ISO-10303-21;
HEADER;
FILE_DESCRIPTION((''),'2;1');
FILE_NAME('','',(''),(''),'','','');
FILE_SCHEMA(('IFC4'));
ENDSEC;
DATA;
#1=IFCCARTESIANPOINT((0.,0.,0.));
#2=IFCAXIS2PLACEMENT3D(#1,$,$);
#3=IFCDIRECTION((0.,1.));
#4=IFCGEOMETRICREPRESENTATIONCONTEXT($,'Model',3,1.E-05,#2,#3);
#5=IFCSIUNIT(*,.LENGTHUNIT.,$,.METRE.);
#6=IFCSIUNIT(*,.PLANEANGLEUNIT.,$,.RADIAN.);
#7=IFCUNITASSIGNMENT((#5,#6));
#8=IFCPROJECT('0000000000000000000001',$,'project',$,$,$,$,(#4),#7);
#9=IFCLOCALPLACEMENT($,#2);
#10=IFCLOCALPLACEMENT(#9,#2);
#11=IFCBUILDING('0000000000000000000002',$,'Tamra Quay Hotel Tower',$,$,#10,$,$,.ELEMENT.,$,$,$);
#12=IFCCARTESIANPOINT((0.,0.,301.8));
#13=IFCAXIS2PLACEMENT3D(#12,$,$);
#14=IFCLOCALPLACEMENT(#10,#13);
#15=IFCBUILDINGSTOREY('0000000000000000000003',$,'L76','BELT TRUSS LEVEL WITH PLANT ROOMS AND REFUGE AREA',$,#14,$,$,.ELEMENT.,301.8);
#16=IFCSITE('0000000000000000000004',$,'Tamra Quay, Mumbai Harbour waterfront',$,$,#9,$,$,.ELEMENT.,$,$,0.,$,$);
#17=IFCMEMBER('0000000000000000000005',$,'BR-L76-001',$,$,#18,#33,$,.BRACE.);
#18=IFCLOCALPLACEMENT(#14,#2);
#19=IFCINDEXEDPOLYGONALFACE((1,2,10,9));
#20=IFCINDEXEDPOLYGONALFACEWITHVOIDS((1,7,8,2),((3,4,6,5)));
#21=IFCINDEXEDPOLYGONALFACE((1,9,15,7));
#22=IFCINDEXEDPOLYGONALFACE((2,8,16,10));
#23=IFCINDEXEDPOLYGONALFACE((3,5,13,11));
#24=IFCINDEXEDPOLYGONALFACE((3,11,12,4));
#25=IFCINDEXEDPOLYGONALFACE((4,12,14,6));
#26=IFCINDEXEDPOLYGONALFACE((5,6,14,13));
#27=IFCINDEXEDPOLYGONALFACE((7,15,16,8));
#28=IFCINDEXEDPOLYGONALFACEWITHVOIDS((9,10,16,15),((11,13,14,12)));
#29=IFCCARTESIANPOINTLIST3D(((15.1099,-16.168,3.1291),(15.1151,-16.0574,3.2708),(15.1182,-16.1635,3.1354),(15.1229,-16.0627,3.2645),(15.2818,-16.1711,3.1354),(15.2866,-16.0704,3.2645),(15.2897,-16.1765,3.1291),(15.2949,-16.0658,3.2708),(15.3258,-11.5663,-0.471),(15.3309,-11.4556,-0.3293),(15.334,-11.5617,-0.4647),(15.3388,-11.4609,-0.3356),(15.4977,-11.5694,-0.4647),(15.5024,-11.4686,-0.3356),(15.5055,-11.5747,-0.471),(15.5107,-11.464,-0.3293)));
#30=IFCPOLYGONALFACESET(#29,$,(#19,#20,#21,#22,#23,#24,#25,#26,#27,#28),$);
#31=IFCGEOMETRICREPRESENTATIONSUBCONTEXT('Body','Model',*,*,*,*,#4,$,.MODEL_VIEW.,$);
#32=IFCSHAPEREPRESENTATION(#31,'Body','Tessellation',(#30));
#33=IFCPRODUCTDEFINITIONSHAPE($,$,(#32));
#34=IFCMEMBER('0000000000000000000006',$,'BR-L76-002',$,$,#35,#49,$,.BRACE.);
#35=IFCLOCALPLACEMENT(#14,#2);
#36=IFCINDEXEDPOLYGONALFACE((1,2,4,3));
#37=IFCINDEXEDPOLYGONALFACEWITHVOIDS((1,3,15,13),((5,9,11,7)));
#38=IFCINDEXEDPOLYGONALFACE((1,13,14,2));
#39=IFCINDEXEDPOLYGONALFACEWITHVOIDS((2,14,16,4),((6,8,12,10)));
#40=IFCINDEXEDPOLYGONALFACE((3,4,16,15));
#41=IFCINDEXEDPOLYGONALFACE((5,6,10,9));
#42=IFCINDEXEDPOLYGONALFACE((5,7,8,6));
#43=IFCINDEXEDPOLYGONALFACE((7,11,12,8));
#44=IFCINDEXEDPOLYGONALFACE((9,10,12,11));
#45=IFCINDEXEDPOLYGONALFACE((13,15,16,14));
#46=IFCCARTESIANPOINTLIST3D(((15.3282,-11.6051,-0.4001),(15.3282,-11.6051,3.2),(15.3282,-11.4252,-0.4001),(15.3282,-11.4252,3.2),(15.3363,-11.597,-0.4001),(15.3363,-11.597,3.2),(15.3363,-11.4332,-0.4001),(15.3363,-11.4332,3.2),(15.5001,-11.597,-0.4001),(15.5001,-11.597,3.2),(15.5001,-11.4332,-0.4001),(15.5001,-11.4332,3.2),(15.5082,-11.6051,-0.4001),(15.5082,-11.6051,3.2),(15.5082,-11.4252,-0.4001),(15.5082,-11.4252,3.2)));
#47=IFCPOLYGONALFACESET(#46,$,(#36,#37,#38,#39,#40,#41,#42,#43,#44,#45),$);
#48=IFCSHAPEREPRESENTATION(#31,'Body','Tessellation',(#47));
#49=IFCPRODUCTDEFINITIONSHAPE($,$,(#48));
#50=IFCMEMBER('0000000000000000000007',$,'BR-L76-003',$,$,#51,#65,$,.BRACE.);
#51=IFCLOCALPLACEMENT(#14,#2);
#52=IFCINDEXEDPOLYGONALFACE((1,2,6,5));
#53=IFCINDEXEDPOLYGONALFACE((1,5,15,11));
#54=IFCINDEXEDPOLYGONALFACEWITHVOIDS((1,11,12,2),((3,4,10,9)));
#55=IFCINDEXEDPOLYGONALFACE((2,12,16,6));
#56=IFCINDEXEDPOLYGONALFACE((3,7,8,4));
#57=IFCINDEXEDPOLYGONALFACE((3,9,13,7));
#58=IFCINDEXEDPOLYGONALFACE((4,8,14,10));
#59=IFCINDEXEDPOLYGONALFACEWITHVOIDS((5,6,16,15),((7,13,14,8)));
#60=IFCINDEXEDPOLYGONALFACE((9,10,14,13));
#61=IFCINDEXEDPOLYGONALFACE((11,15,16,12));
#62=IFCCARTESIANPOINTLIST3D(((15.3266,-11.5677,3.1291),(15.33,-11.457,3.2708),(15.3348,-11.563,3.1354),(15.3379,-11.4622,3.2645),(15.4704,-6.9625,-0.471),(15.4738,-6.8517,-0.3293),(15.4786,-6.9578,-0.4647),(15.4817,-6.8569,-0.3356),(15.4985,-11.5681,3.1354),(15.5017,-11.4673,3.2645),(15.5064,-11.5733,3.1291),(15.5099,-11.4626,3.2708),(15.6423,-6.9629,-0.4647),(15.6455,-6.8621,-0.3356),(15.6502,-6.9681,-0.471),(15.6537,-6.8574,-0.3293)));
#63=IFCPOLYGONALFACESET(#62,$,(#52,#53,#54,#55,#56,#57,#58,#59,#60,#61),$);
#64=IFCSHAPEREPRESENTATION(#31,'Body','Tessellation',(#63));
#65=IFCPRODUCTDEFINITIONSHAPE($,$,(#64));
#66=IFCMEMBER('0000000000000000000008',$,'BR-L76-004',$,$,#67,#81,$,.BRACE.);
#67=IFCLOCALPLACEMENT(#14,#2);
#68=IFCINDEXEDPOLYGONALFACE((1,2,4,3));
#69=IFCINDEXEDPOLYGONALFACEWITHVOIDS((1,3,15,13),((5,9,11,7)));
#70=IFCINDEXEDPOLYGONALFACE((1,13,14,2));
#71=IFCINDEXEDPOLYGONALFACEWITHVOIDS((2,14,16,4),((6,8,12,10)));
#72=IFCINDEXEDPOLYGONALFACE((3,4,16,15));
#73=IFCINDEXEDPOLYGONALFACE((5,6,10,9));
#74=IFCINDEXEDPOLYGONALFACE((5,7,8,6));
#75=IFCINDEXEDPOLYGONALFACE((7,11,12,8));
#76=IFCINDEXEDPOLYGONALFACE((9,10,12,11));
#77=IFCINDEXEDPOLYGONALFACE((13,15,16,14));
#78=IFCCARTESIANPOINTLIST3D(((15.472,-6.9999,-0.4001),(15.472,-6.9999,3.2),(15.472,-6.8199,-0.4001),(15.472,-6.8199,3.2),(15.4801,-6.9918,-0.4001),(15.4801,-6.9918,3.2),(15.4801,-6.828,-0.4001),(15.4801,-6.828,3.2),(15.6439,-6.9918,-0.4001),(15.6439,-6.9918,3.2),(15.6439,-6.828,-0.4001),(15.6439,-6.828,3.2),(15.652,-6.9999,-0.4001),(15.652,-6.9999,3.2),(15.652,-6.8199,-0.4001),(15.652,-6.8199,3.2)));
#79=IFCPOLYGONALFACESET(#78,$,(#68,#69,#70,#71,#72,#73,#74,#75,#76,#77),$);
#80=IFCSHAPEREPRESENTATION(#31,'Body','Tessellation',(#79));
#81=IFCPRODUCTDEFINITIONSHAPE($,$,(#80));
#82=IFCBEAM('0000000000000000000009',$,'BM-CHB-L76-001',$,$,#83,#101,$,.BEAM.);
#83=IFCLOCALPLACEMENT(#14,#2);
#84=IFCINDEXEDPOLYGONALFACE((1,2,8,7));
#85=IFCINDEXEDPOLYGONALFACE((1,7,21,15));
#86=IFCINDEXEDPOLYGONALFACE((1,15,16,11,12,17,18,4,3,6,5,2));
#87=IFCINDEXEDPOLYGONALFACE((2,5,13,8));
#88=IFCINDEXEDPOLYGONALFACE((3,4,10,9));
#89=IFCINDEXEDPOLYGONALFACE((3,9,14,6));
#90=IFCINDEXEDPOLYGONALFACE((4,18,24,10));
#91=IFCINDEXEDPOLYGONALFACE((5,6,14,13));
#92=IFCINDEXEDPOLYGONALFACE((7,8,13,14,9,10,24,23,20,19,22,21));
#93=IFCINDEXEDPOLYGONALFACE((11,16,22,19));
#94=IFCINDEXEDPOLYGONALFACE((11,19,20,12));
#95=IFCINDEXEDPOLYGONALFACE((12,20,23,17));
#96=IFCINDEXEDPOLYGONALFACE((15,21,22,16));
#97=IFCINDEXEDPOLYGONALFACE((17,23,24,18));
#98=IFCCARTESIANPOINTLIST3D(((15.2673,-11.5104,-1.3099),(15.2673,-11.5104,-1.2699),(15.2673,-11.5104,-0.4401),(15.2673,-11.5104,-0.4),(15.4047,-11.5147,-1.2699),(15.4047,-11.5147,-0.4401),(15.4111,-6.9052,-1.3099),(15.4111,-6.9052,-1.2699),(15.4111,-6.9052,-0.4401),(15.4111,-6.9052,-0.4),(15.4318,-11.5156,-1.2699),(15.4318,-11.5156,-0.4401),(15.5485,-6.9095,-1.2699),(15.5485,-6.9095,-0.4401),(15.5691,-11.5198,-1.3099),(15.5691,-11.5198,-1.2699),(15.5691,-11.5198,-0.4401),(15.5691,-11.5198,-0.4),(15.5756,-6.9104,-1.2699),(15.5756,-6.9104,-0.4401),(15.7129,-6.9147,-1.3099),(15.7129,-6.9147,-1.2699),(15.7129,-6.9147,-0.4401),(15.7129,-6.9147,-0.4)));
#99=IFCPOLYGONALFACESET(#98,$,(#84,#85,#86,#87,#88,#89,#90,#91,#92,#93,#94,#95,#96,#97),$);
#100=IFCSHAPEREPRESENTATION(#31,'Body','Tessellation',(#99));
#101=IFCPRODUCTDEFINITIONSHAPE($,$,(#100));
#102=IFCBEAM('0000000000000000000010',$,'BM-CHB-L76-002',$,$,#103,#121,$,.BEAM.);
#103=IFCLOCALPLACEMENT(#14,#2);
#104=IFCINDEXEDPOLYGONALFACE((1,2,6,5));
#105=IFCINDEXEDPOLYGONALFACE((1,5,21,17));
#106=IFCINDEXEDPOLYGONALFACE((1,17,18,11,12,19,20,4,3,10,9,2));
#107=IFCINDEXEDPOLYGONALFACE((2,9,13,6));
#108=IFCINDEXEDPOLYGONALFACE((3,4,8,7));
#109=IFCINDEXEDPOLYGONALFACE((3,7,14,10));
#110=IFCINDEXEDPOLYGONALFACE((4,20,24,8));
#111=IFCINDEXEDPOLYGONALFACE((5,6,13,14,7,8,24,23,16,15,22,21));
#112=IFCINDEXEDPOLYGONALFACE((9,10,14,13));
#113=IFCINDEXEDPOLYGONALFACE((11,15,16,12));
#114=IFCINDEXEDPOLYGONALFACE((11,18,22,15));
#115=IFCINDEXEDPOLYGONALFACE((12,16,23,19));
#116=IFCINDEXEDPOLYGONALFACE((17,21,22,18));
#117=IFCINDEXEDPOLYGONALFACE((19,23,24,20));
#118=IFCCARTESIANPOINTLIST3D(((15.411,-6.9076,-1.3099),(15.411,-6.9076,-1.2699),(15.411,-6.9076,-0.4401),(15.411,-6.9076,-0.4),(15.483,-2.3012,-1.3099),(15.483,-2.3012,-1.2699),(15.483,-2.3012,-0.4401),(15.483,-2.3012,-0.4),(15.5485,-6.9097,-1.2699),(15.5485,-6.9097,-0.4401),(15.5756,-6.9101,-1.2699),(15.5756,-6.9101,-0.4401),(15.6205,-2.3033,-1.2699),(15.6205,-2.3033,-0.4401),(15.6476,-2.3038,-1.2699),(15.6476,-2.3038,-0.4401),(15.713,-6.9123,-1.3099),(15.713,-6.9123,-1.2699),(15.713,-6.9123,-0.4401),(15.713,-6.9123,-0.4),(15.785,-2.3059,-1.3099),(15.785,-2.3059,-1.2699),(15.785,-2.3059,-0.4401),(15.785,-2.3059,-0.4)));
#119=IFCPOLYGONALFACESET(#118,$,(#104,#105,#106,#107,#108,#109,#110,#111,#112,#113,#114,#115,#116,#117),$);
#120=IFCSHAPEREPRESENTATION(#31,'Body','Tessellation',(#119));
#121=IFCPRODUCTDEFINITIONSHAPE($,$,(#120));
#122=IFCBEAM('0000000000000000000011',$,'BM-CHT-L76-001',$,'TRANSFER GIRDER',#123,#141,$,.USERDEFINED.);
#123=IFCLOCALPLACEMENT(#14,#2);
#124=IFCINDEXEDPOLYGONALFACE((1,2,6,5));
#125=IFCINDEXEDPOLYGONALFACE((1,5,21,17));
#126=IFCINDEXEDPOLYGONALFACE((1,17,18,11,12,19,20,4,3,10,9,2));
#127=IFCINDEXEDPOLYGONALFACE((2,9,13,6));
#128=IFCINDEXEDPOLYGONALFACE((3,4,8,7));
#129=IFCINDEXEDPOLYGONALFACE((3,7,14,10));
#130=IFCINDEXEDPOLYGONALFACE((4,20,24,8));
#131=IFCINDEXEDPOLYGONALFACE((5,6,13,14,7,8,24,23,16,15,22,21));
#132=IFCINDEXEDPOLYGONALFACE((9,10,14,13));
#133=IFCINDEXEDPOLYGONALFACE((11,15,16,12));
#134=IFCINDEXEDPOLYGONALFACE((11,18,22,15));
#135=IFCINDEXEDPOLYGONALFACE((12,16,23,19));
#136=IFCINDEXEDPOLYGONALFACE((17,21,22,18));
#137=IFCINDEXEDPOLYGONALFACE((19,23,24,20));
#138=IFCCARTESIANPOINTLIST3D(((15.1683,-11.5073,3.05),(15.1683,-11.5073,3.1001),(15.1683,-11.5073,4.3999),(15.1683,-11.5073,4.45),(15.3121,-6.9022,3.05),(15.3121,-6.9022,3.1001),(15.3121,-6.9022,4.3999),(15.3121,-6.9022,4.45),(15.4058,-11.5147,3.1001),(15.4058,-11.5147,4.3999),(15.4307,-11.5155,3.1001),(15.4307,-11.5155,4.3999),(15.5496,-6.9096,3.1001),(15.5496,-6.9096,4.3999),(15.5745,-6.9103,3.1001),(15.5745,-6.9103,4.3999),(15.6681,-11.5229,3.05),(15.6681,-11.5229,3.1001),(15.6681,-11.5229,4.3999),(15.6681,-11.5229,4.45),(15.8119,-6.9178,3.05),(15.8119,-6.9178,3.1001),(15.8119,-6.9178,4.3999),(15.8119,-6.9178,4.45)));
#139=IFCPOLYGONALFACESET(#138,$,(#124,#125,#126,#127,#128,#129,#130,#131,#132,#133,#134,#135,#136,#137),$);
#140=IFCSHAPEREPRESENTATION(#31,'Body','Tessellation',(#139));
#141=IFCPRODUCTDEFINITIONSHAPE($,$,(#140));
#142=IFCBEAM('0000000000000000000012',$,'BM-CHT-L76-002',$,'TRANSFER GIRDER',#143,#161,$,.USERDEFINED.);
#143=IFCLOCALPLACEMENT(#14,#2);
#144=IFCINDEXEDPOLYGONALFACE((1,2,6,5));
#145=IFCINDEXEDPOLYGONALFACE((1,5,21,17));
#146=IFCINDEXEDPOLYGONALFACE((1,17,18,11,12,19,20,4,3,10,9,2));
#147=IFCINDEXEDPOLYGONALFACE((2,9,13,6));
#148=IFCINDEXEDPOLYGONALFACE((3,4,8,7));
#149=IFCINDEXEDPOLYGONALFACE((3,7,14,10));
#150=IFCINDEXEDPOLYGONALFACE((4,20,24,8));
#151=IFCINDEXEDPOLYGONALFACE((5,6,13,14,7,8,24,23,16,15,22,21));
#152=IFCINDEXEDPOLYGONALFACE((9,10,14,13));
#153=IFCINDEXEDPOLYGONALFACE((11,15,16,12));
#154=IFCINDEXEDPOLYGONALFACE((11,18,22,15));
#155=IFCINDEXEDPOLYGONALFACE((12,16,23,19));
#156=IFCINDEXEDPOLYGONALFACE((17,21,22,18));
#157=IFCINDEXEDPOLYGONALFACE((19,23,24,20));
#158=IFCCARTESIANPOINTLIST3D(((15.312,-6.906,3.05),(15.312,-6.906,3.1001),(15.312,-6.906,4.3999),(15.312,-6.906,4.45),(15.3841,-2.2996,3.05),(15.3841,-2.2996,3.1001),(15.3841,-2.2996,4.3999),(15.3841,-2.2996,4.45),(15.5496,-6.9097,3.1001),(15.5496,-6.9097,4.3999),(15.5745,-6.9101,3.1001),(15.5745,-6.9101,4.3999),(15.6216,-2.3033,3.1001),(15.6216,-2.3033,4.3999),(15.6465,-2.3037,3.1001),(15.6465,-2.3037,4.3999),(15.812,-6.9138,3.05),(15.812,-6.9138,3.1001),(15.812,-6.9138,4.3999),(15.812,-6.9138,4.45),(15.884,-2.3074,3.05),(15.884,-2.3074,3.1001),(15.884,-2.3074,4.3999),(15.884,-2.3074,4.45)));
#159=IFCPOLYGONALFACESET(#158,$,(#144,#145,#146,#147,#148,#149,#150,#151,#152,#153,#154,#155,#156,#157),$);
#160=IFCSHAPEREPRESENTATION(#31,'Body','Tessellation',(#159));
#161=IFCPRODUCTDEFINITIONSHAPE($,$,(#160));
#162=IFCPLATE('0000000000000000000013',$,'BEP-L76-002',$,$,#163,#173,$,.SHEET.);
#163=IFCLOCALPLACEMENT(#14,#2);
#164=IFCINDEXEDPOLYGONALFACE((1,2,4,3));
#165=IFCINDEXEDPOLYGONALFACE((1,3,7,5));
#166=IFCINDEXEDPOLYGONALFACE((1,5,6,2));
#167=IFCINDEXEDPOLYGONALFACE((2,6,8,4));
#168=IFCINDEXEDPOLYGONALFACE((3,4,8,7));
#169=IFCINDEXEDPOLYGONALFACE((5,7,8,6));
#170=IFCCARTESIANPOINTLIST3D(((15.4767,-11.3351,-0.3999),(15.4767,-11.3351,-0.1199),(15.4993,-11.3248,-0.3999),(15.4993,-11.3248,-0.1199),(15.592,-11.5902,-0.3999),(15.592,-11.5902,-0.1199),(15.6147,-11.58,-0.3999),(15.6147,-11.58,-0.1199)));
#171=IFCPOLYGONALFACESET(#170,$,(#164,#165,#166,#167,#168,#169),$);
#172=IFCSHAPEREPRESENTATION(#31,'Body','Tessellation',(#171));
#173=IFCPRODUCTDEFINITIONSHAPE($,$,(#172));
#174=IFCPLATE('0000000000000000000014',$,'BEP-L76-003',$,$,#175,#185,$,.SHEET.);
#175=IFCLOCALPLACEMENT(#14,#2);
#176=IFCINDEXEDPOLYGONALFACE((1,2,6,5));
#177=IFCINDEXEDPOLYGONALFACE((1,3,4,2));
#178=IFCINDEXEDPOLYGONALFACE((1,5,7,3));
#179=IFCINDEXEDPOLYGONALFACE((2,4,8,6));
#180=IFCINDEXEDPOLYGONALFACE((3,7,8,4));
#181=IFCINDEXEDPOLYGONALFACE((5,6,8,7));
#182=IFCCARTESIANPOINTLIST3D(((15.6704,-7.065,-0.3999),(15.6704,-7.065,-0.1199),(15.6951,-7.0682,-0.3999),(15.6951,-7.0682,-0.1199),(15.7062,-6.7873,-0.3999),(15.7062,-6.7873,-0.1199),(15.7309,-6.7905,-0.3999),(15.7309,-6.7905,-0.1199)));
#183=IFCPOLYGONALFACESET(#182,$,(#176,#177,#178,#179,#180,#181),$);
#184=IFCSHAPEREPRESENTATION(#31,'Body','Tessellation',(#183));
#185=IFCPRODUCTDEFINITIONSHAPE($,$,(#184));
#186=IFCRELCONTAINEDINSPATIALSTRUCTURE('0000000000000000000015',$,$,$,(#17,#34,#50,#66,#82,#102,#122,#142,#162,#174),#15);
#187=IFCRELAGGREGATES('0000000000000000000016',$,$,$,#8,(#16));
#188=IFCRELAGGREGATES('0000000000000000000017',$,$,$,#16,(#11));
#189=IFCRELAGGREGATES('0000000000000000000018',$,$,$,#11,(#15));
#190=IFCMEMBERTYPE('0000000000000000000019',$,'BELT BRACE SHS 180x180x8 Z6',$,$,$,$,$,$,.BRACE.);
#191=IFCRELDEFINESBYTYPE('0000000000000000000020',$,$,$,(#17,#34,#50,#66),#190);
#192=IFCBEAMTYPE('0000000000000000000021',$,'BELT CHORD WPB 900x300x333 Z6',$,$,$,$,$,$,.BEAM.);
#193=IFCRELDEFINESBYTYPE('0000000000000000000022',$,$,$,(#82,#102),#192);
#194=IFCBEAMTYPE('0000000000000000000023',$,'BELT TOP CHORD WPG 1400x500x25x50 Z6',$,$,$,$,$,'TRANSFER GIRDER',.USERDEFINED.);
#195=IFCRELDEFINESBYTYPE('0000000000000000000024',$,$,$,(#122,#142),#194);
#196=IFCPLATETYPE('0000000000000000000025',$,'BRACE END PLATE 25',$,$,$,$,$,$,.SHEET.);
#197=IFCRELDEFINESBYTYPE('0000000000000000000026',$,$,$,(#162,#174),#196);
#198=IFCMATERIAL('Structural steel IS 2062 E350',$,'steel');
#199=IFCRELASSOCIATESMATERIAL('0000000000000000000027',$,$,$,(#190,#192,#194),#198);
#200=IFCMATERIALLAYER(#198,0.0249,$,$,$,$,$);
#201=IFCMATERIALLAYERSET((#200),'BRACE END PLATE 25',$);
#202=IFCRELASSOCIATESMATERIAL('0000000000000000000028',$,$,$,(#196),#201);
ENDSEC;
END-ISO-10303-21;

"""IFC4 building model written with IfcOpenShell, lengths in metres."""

from ifc_helpers import new_model, si_unit, direction, frame, origin, origin_2d, place, context, subcontext, project, spatial, rectangle, hollow_rectangle, i_section, extrude, material, layer, layer_set, material_profile, profile_set, type_object, element, save


model = new_model("IFC4")

# Units and contexts
model_context = context("Model", 3, precision=1e-05, world=origin(), true_north=direction((0.0, 1.0)))
body_context = subcontext(model_context, "Body", "Model", "MODEL_VIEW")
ifc_project = project(units=[si_unit("LENGTHUNIT", "METRE"), si_unit("PLANEANGLEUNIT", "RADIAN")], contexts=[model_context])

# Site, building, storey
site_placement = place(None, origin())
site = spatial("IfcSite", under=ifc_project, at=site_placement, Name="Tamra Quay, Mumbai Harbour waterfront", CompositionType="ELEMENT", RefElevation=0.0)
building_placement = place(site_placement, origin())
building = spatial("IfcBuilding", under=site, at=building_placement, Name="Tamra Quay Hotel Tower", CompositionType="ELEMENT")
storey_placement = place(building_placement, frame((0.0, 0.0, 301.8)))
storey = spatial("IfcBuildingStorey", under=building, at=storey_placement, Name="L76", Description="BELT TRUSS LEVEL WITH PLANT ROOMS AND REFUGE AREA", CompositionType="ELEMENT", Elevation=301.8)

# Members
ifc_material_1 = material(Name="Structural steel IS 2062 E350", Category="steel")
ifc_material_profile_1 = material_profile(ifc_material_1, hollow_rectangle(XDim=0.1799, YDim=0.1799, WallThickness=0.0081, at=origin_2d()), Name="SHS 180x180x8")
ifc_profile_set_1 = profile_set([ifc_material_profile_1], Name="Structural steel IS 2062 E350")
member_type = type_object("IfcMemberType", Name="BELT BRACE SHS 180x180x8 Z6", PredefinedType="BRACE", material=ifc_profile_set_1)
member_1_placement = place(storey_placement, frame((15.4182, -11.5151, -0.4001), z_axis=(-0.036913, -0.787078, 0.615749), x_axis=(0.998902, -0.046848, 0.0)))
element("IfcMember", 1, at=member_1_placement, inside=storey, type_object=member_type, Name="BR-L76-001", PredefinedType="BRACE", context=body_context, shape_type="SweptSolid", body=[
    extrude(hollow_rectangle(XDim=0.1799, YDim=0.1799, WallThickness=0.0081, at=origin_2d()), origin(), (0.0, 0.0, 1.0), 5.8467),
])
member_2_placement = place(storey_placement, frame((15.4182, -11.5151, -0.4001), z_axis=(0.0, 0.0, 1.0), x_axis=(1.0, 0.0, 0.0)))
element("IfcMember", 2, at=member_2_placement, inside=storey, type_object=member_type, Name="BR-L76-002", PredefinedType="BRACE", context=body_context, shape_type="SweptSolid", body=[
    extrude(hollow_rectangle(XDim=0.1799, YDim=0.1799, WallThickness=0.0081, at=origin_2d()), origin(), (0.0, 0.0, 1.0), 3.6001),
])
member_3_placement = place(storey_placement, frame((15.562, -6.9099, -0.4001), z_axis=(-0.024593, -0.787598, 0.615698), x_axis=(0.999513, -0.03121, 0.0)))
element("IfcMember", 3, at=member_3_placement, inside=storey, type_object=member_type, Name="BR-L76-003", PredefinedType="BRACE", context=body_context, shape_type="SweptSolid", body=[
    extrude(hollow_rectangle(XDim=0.1799, YDim=0.1799, WallThickness=0.0081, at=origin_2d()), origin(), (0.0, 0.0, 1.0), 5.8472),
])
member_4_placement = place(storey_placement, frame((15.562, -6.9099, -0.4001), z_axis=(0.0, 0.0, 1.0), x_axis=(1.0, 0.0, 0.0)))
element("IfcMember", 4, at=member_4_placement, inside=storey, type_object=member_type, Name="BR-L76-004", PredefinedType="BRACE", context=body_context, shape_type="SweptSolid", body=[
    extrude(hollow_rectangle(XDim=0.1799, YDim=0.1799, WallThickness=0.0081, at=origin_2d()), origin(), (0.0, 0.0, 1.0), 3.6001),
])

# Beams
ifc_material_profile_2 = material_profile(ifc_material_1, i_section(OverallWidth=0.302, OverallDepth=0.9099, WebThickness=0.0271, FlangeThickness=0.04, at=origin_2d()), Name="WPB 900x300x333")
ifc_profile_set_2 = profile_set([ifc_material_profile_2], Name="Structural steel IS 2062 E350")
beam_type_1 = type_object("IfcBeamType", Name="BELT CHORD WPB 900x300x333 Z6", PredefinedType="BEAM", material=ifc_profile_set_2)
beam_1_placement = place(storey_placement, frame((15.4182, -11.5151, -0.855), z_axis=(0.03121, 0.999513, 0.0), x_axis=(-0.999513, 0.03121, 0.0)))
element("IfcBeam", 5, at=beam_1_placement, inside=storey, type_object=beam_type_1, Name="BM-CHB-L76-001", PredefinedType="BEAM", context=body_context, shape_type="SweptSolid", body=[
    extrude(i_section(OverallWidth=0.302, OverallDepth=0.9099, WebThickness=0.0271, FlangeThickness=0.04, at=origin_2d()), origin(), (0.0, 0.0, 1.0), 4.6074),
])
beam_2_placement = place(storey_placement, frame((15.562, -6.9099, -0.855), z_axis=(0.015633, 0.999878, 0.0), x_axis=(-0.999878, 0.015633, 0.0)))
element("IfcBeam", 6, at=beam_2_placement, inside=storey, type_object=beam_type_1, Name="BM-CHB-L76-002", PredefinedType="BEAM", context=body_context, shape_type="SweptSolid", body=[
    extrude(i_section(OverallWidth=0.302, OverallDepth=0.9099, WebThickness=0.0271, FlangeThickness=0.04, at=origin_2d()), origin(), (0.0, 0.0, 1.0), 4.6069),
])
ifc_material_profile_3 = material_profile(ifc_material_1, i_section(OverallWidth=0.5, OverallDepth=1.3999, WebThickness=0.0249, FlangeThickness=0.05, at=origin_2d()), Name="WPG 1400x500x25x50")
ifc_profile_set_3 = profile_set([ifc_material_profile_3], Name="Structural steel IS 2062 E350")
beam_type_2 = type_object("IfcBeamType", Name="BELT TOP CHORD WPG 1400x500x25x50 Z6", ElementType="TRANSFER GIRDER", PredefinedType="USERDEFINED", material=ifc_profile_set_3)
beam_3_placement = place(storey_placement, frame((15.4182, -11.5151, 3.75), z_axis=(0.03121, 0.999513, 0.0), x_axis=(-0.999513, 0.03121, 0.0)))
element("IfcBeam", 7, at=beam_3_placement, inside=storey, type_object=beam_type_2, Name="BM-CHT-L76-001", ObjectType="TRANSFER GIRDER", PredefinedType="USERDEFINED", context=body_context, shape_type="SweptSolid", body=[
    extrude(i_section(OverallWidth=0.5, OverallDepth=1.3999, WebThickness=0.0249, FlangeThickness=0.05, at=origin_2d()), origin(), (0.0, 0.0, 1.0), 4.6074),
])
beam_4_placement = place(storey_placement, frame((15.562, -6.9099, 3.75), z_axis=(0.015633, 0.999878, 0.0), x_axis=(-0.999878, 0.015633, 0.0)))
element("IfcBeam", 8, at=beam_4_placement, inside=storey, type_object=beam_type_2, Name="BM-CHT-L76-002", ObjectType="TRANSFER GIRDER", PredefinedType="USERDEFINED", context=body_context, shape_type="SweptSolid", body=[
    extrude(i_section(OverallWidth=0.5, OverallDepth=1.3999, WebThickness=0.0249, FlangeThickness=0.05, at=origin_2d()), origin(), (0.0, 0.0, 1.0), 4.6069),
])

# Plates
ifc_layer_1 = layer(ifc_material_1, 0.0249)
ifc_layer_set_1 = layer_set([ifc_layer_1], Name="BRACE END PLATE 25")
plate_type = type_object("IfcPlateType", Name="BRACE END PLATE 25", PredefinedType="SHEET", material=ifc_layer_set_1)
for number, where, z_axis, x_axis, name in (
    (9, (15.5457, -11.4575, -0.3999), (0.0, 0.0, 1.0), (0.911286, 0.411774, 0.0), "BEP-L76-002"),
    (10, (15.7007, -6.9277, -0.3999), (0.0, 0.0, 1.0), (-0.9918, 0.127802, 0.0), "BEP-L76-003"),
):
    element("IfcPlate", number, at=place(storey_placement, frame(where, z_axis=z_axis, x_axis=x_axis)), inside=storey, type_object=plate_type, Name=name, PredefinedType="SHEET", context=body_context, shape_type="SweptSolid", body=[
        extrude(rectangle(XDim=0.0249, YDim=0.28, at=origin_2d()), origin(), (0.0, 0.0, 1.0), 0.28),
    ])

save(model, "model.ifc")
